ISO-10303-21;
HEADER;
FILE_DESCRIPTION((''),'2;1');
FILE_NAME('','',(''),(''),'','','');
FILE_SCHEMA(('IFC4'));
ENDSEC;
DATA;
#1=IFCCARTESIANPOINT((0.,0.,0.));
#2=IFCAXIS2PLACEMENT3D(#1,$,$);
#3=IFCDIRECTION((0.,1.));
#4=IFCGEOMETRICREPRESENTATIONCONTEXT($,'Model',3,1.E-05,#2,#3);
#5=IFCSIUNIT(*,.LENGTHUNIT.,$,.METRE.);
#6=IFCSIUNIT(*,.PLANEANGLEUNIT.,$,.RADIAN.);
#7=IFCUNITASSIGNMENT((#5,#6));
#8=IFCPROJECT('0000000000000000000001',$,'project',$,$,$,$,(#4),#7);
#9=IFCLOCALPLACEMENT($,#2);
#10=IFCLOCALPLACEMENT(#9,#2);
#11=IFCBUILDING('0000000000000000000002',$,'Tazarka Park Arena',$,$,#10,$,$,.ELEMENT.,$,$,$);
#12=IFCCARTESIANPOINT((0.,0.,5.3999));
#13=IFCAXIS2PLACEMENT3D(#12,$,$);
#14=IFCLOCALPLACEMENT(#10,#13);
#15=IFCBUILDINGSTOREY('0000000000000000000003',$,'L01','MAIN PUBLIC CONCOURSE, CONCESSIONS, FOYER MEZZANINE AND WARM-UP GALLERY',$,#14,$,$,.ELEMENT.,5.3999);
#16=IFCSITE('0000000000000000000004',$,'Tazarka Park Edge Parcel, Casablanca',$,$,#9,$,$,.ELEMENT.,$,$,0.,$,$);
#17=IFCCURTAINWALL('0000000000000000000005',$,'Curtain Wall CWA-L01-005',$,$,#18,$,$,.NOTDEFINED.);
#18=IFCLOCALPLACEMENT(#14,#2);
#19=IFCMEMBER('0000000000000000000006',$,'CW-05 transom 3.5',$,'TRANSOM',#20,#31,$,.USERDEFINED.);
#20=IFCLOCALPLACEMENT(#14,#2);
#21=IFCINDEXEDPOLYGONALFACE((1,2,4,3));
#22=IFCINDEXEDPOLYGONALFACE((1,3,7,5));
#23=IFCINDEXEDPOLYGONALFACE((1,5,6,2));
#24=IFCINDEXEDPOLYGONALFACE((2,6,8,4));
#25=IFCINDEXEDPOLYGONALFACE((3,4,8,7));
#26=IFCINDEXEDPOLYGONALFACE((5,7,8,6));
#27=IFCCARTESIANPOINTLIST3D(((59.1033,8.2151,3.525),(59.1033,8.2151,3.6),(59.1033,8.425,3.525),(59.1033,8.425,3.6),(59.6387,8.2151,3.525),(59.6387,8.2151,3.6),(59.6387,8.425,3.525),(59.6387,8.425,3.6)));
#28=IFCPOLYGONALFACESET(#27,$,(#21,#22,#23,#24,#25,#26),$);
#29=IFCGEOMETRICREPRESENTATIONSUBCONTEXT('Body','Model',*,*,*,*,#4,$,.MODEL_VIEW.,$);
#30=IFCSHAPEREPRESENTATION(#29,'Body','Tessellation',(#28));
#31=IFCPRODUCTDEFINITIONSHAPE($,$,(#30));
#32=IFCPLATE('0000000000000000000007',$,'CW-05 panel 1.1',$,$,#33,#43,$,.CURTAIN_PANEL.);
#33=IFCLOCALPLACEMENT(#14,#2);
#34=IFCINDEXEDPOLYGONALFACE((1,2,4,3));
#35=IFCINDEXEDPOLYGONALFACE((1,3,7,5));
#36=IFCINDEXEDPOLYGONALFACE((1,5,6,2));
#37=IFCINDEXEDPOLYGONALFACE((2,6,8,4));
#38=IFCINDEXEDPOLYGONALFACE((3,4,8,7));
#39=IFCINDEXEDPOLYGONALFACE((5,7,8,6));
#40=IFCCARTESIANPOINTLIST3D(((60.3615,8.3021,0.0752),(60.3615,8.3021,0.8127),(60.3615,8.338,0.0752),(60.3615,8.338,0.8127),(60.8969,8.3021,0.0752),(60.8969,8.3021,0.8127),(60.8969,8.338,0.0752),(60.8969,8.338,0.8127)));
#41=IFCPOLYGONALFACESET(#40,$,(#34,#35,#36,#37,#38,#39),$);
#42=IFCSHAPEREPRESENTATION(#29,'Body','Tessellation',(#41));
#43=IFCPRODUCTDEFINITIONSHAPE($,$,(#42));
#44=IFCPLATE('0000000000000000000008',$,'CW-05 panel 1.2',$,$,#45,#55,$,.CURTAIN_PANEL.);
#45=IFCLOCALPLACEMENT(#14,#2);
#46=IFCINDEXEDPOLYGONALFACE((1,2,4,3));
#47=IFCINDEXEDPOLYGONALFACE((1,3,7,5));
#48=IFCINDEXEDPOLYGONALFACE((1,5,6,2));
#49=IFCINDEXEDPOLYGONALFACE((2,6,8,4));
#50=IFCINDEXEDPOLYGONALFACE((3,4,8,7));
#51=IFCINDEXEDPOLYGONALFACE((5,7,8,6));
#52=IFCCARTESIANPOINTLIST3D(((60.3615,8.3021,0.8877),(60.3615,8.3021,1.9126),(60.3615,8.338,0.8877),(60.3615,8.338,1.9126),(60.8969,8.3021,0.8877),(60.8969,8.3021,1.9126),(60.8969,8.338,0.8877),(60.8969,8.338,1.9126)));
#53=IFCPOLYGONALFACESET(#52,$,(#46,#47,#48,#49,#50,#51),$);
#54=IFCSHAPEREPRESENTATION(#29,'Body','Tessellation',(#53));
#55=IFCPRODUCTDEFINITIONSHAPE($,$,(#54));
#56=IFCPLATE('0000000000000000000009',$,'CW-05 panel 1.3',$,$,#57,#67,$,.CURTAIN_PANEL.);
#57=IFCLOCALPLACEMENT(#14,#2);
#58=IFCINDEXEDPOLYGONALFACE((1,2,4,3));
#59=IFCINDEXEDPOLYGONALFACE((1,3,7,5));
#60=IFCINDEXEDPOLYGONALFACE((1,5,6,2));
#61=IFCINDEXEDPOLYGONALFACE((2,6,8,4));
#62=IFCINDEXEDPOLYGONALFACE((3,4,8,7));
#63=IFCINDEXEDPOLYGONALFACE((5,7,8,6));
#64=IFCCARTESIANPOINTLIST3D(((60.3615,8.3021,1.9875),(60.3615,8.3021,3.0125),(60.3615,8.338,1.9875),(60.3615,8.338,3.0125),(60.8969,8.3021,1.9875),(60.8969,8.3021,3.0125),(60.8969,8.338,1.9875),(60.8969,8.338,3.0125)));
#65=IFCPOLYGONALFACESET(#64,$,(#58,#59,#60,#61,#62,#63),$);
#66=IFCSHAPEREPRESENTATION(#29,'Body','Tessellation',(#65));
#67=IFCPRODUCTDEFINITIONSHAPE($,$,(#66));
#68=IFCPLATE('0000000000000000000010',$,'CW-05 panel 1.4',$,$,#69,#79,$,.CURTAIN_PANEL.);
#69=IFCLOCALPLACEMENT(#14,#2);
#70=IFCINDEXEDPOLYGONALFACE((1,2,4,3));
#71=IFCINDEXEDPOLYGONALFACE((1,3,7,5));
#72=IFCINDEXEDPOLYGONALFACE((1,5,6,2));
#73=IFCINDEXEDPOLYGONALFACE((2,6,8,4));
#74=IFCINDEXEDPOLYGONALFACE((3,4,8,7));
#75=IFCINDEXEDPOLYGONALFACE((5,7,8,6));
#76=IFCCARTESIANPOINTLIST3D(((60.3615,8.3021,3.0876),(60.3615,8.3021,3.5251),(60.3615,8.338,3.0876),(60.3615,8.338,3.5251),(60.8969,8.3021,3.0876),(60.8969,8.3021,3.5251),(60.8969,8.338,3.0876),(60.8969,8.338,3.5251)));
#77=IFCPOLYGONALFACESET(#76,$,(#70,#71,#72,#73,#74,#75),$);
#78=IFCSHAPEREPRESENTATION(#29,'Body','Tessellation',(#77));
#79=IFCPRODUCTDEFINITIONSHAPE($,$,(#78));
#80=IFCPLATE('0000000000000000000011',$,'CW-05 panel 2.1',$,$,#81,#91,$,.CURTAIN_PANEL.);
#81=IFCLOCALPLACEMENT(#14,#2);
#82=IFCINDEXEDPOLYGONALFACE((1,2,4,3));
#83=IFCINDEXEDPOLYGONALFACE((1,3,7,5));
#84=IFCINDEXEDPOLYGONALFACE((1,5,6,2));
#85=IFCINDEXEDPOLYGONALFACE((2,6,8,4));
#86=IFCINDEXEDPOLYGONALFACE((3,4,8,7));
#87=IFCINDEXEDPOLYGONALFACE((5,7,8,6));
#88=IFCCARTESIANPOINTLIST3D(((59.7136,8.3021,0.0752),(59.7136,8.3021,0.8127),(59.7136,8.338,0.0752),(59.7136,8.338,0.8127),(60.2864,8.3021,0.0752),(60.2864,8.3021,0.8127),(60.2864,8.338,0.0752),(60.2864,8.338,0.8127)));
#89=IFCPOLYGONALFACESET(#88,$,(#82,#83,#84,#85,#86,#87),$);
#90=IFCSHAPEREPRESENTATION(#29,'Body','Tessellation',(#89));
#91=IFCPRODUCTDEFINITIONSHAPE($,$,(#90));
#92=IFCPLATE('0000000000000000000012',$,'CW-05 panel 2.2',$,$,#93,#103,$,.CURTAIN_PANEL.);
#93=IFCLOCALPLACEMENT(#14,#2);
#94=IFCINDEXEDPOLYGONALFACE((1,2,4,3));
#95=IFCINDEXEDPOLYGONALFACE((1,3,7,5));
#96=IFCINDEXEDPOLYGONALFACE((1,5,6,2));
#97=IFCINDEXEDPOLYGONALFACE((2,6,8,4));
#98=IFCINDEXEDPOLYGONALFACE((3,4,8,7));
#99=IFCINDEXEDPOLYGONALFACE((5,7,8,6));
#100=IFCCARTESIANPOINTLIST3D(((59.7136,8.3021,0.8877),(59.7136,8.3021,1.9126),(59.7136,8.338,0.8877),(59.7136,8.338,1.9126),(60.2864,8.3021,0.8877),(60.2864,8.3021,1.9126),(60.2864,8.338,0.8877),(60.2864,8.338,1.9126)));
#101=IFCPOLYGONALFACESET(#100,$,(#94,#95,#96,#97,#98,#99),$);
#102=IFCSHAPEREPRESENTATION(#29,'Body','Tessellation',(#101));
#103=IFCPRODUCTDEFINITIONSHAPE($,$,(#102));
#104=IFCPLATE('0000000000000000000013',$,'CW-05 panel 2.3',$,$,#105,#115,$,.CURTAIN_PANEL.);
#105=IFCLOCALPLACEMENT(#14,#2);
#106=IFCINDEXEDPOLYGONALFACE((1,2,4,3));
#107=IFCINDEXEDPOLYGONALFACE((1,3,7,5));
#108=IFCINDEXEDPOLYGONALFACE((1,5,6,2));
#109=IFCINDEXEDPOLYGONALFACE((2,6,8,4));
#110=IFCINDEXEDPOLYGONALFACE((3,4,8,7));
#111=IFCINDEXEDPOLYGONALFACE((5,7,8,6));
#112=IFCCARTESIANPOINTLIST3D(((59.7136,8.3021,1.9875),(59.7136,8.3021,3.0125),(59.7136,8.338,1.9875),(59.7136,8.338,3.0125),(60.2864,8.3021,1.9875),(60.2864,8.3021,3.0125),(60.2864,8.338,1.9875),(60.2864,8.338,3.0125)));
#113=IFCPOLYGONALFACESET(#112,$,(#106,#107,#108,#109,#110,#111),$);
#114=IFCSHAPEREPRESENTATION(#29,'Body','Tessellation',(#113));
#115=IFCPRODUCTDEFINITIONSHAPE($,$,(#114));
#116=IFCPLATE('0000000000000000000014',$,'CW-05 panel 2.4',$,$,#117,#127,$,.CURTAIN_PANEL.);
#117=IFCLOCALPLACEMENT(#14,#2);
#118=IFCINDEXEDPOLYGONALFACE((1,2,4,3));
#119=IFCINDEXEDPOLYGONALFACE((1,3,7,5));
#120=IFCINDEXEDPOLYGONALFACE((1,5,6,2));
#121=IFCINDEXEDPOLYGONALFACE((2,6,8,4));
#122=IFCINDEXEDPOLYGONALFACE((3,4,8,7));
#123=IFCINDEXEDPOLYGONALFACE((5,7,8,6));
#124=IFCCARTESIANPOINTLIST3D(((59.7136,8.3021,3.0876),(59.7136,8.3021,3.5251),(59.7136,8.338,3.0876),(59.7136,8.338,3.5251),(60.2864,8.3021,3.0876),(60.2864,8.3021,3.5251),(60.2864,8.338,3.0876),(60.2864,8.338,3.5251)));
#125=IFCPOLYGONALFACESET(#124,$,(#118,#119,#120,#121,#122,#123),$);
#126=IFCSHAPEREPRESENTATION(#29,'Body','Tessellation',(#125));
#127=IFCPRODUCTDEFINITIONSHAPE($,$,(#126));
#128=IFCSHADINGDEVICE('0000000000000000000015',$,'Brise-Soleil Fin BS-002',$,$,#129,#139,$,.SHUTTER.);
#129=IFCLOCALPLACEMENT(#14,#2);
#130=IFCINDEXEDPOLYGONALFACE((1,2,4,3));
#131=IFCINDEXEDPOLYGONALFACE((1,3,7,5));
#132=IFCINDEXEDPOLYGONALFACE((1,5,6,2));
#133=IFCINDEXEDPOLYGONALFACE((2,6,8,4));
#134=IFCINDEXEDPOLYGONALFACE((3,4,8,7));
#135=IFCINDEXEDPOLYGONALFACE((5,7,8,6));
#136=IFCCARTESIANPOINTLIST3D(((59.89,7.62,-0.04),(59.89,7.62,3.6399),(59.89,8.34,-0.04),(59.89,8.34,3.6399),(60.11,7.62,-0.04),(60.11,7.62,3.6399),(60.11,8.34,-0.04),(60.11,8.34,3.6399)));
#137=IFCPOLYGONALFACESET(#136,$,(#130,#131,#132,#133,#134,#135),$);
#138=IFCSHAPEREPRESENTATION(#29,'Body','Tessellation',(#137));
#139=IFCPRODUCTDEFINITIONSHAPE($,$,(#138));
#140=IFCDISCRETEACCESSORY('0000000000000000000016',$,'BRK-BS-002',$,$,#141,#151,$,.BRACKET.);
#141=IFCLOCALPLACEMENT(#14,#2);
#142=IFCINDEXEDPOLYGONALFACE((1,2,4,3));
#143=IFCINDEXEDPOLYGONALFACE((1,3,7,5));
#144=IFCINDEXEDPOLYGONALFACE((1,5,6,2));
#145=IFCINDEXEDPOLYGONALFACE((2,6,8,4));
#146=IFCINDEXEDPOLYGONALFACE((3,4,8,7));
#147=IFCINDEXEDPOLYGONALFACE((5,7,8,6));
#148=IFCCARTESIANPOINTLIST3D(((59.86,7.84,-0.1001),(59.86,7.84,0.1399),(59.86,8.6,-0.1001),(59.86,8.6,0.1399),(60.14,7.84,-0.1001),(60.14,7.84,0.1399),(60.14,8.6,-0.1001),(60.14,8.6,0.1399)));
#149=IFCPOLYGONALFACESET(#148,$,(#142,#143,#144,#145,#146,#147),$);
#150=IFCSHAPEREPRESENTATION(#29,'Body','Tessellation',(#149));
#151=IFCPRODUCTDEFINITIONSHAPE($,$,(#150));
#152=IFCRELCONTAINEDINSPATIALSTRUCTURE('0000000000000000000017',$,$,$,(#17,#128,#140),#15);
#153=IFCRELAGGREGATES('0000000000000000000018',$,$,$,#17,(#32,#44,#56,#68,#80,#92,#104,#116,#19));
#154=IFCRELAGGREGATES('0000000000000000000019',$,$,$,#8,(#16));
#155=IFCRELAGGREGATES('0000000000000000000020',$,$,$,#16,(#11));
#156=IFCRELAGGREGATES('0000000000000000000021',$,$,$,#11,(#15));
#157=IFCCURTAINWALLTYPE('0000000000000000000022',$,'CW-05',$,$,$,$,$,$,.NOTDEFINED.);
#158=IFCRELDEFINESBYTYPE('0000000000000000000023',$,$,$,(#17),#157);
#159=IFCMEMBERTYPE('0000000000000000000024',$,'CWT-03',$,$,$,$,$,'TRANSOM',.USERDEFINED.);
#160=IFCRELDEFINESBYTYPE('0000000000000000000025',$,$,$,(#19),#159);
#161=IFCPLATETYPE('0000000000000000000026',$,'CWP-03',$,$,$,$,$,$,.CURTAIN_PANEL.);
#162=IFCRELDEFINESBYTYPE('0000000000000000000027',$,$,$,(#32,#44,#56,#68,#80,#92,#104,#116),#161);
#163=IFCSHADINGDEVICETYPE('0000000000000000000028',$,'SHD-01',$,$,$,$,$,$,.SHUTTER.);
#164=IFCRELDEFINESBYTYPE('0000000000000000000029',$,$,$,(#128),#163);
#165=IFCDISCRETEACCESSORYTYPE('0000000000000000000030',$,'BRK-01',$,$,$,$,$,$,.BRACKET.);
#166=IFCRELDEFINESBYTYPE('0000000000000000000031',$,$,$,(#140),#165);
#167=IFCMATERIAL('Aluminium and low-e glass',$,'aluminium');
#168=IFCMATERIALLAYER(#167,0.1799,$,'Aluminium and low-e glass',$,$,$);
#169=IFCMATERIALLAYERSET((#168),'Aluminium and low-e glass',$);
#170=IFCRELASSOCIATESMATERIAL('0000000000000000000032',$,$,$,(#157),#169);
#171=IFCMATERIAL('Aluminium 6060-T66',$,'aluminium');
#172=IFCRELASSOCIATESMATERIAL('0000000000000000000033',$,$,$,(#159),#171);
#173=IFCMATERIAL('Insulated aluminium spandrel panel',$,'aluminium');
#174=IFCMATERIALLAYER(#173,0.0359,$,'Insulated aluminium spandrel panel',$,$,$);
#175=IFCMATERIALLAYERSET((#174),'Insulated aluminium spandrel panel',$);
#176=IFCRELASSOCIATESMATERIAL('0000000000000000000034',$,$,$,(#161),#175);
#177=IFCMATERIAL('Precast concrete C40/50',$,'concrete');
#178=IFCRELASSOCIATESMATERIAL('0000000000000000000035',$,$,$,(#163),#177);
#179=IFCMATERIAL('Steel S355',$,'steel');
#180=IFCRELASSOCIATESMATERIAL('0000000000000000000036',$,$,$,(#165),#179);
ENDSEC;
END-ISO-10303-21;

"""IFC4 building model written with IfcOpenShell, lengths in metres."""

from ifc_helpers import new_model, si_unit, direction, frame, origin, origin_2d, place, context, subcontext, project, spatial, rectangle, extrude, material, layer, layer_set, material_profile, profile_set, type_object, element, aggregate, save


model = new_model("IFC4")

# Units and contexts
model_context = context("Model", 3, precision=1e-05, world=origin(), true_north=direction((0.0, 1.0)))
body_context = subcontext(model_context, "Body", "Model", "MODEL_VIEW")
ifc_project = project(units=[si_unit("LENGTHUNIT", "METRE"), si_unit("PLANEANGLEUNIT", "RADIAN")], contexts=[model_context])

# Site, building, storey
site_placement = place(None, origin())
site = spatial("IfcSite", under=ifc_project, at=site_placement, Name="Tazarka Park Edge Parcel, Casablanca", CompositionType="ELEMENT", RefElevation=0.0)
building_placement = place(site_placement, origin())
building = spatial("IfcBuilding", under=site, at=building_placement, Name="Tazarka Park Arena", CompositionType="ELEMENT")
storey_placement = place(building_placement, frame((0.0, 0.0, 5.3999)))
storey = spatial("IfcBuildingStorey", under=building, at=storey_placement, Name="L01", Description="MAIN PUBLIC CONCOURSE, CONCESSIONS, FOYER MEZZANINE AND WARM-UP GALLERY", CompositionType="ELEMENT", Elevation=5.3999)

# Curtain wall, member, plates
ifc_material_1 = material(Name="Aluminium and low-e glass", Category="aluminium")
ifc_layer_1 = layer(ifc_material_1, 0.1799, Name="Aluminium and low-e glass")
ifc_layer_set_1 = layer_set([ifc_layer_1], Name="Aluminium and low-e glass")
curtain_wall_type = type_object("IfcCurtainWallType", Name="CW-05", PredefinedType="NOTDEFINED", material=ifc_layer_set_1)
curtain_wall_placement = place(storey_placement, origin())
curtain_wall = element("IfcCurtainWall", 1, at=curtain_wall_placement, inside=storey, type_object=curtain_wall_type, Name="Curtain Wall CWA-L01-005", PredefinedType="NOTDEFINED")
ifc_material_2 = material(Name="Aluminium 6060-T66", Category="aluminium")
ifc_material_profile_1 = material_profile(ifc_material_2, rectangle(XDim=0.21, YDim=0.075, at=origin_2d()), Name="Aluminium 6060-T66")
ifc_profile_set_1 = profile_set([ifc_material_profile_1], Name="Aluminium 6060-T66")
member_type_1 = type_object("IfcMemberType", Name="CWT-03", ElementType="TRANSOM", PredefinedType="USERDEFINED", material=ifc_profile_set_1)
member_1_placement = place(storey_placement, frame((59.6387, 8.3201, 3.5625), z_axis=(-1.0, 0.0, 0.0), x_axis=(0.0, -1.0, 0.0)))
member_1 = element("IfcMember", 2, at=member_1_placement, type_object=member_type_1, Name="CW-05 transom 3.5", ObjectType="TRANSOM", PredefinedType="USERDEFINED", context=body_context, shape_type="SweptSolid", body=[
    extrude(rectangle(XDim=0.21, YDim=0.075, at=origin_2d()), origin(), (0.0, 0.0, 1.0), 0.5354),
])
ifc_material_3 = material(Name="Insulated aluminium spandrel panel", Category="aluminium")
ifc_layer_2 = layer(ifc_material_3, 0.0359, Name="Insulated aluminium spandrel panel")
ifc_layer_set_2 = layer_set([ifc_layer_2], Name="Insulated aluminium spandrel panel")
plate_type = type_object("IfcPlateType", Name="CWP-03", PredefinedType="CURTAIN_PANEL", material=ifc_layer_set_2)
plate_1_placement = place(storey_placement, frame((60.6292, 8.3201, 0.0752), z_axis=(0.0, 0.0, 1.0), x_axis=(-1.0, 0.0, 0.0)))
plate_1 = element("IfcPlate", 3, at=plate_1_placement, type_object=plate_type, Name="CW-05 panel 1.1", PredefinedType="CURTAIN_PANEL", context=body_context, shape_type="SweptSolid", body=[
    extrude(rectangle(XDim=0.5354, YDim=0.0359, at=origin_2d()), origin(), (0.0, 0.0, 1.0), 0.7375),
])
plate_2_placement = place(storey_placement, frame((60.6292, 8.3201, 0.8877), z_axis=(0.0, 0.0, 1.0), x_axis=(-1.0, 0.0, 0.0)))
plate_2 = element("IfcPlate", 4, at=plate_2_placement, type_object=plate_type, Name="CW-05 panel 1.2", PredefinedType="CURTAIN_PANEL", context=body_context, shape_type="SweptSolid", body=[
    extrude(rectangle(XDim=0.5354, YDim=0.0359, at=origin_2d()), origin(), (0.0, 0.0, 1.0), 1.0249),
])
plate_3_placement = place(storey_placement, frame((60.6292, 8.3201, 1.9875), z_axis=(0.0, 0.0, 1.0), x_axis=(-1.0, 0.0, 0.0)))
plate_3 = element("IfcPlate", 5, at=plate_3_placement, type_object=plate_type, Name="CW-05 panel 1.3", PredefinedType="CURTAIN_PANEL", context=body_context, shape_type="SweptSolid", body=[
    extrude(rectangle(XDim=0.5354, YDim=0.0359, at=origin_2d()), origin(), (0.0, 0.0, 1.0), 1.0249),
])
plate_4_placement = place(storey_placement, frame((60.6292, 8.3201, 3.0876), z_axis=(0.0, 0.0, 1.0), x_axis=(-1.0, 0.0, 0.0)))
plate_4 = element("IfcPlate", 6, at=plate_4_placement, type_object=plate_type, Name="CW-05 panel 1.4", PredefinedType="CURTAIN_PANEL", context=body_context, shape_type="SweptSolid", body=[
    extrude(rectangle(XDim=0.5354, YDim=0.0359, at=origin_2d()), origin(), (0.0, 0.0, 1.0), 0.4375),
])
plate_5_placement = place(storey_placement, frame((60.0, 8.3201, 0.0752), z_axis=(0.0, 0.0, 1.0), x_axis=(-1.0, 0.0, 0.0)))
plate_5 = element("IfcPlate", 7, at=plate_5_placement, type_object=plate_type, Name="CW-05 panel 2.1", PredefinedType="CURTAIN_PANEL", context=body_context, shape_type="SweptSolid", body=[
    extrude(rectangle(XDim=0.5728, YDim=0.0359, at=origin_2d()), origin(), (0.0, 0.0, 1.0), 0.7375),
])
plate_6_placement = place(storey_placement, frame((60.0, 8.3201, 0.8877), z_axis=(0.0, 0.0, 1.0), x_axis=(-1.0, 0.0, 0.0)))
plate_6 = element("IfcPlate", 8, at=plate_6_placement, type_object=plate_type, Name="CW-05 panel 2.2", PredefinedType="CURTAIN_PANEL", context=body_context, shape_type="SweptSolid", body=[
    extrude(rectangle(XDim=0.5728, YDim=0.0359, at=origin_2d()), origin(), (0.0, 0.0, 1.0), 1.0249),
])
plate_7_placement = place(storey_placement, frame((60.0, 8.3201, 1.9875), z_axis=(0.0, 0.0, 1.0), x_axis=(-1.0, 0.0, 0.0)))
plate_7 = element("IfcPlate", 9, at=plate_7_placement, type_object=plate_type, Name="CW-05 panel 2.3", PredefinedType="CURTAIN_PANEL", context=body_context, shape_type="SweptSolid", body=[
    extrude(rectangle(XDim=0.5728, YDim=0.0359, at=origin_2d()), origin(), (0.0, 0.0, 1.0), 1.0249),
])
plate_8_placement = place(storey_placement, frame((60.0, 8.3201, 3.0876), z_axis=(0.0, 0.0, 1.0), x_axis=(-1.0, 0.0, 0.0)))
plate_8 = element("IfcPlate", 10, at=plate_8_placement, type_object=plate_type, Name="CW-05 panel 2.4", PredefinedType="CURTAIN_PANEL", context=body_context, shape_type="SweptSolid", body=[
    extrude(rectangle(XDim=0.5728, YDim=0.0359, at=origin_2d()), origin(), (0.0, 0.0, 1.0), 0.4375),
])
aggregate(curtain_wall, [plate_1, plate_2, plate_3, plate_4, plate_5, plate_6, plate_7, plate_8, member_1])

# Shading device
ifc_material_4 = material(Name="Precast concrete C40/50", Category="concrete")
shading_device_type = type_object("IfcShadingDeviceType", Name="SHD-01", PredefinedType="SHUTTER", material=ifc_material_4)
shading_device_placement = place(storey_placement, frame((60.0, 7.98, -0.04), z_axis=(0.0, 0.0, 1.0), x_axis=(-1.0, 0.0, 0.0)))
element("IfcShadingDevice", 11, at=shading_device_placement, inside=storey, type_object=shading_device_type, Name="Brise-Soleil Fin BS-002", PredefinedType="SHUTTER", context=body_context, shape_type="SweptSolid", body=[
    extrude(rectangle(XDim=0.22, YDim=0.72, at=origin_2d()), origin(), (0.0, 0.0, 1.0), 3.6799),
])

# Discrete accessory
ifc_material_5 = material(Name="Steel S355", Category="steel")
discrete_accessory_type = type_object("IfcDiscreteAccessoryType", Name="BRK-01", PredefinedType="BRACKET", material=ifc_material_5)
discrete_accessory_placement = place(storey_placement, frame((60.0, 8.22, -0.1001), z_axis=(0.0, 0.0, 1.0), x_axis=(-1.0, 0.0, 0.0)))
element("IfcDiscreteAccessory", 12, at=discrete_accessory_placement, inside=storey, type_object=discrete_accessory_type, Name="BRK-BS-002", PredefinedType="BRACKET", context=body_context, shape_type="SweptSolid", body=[
    extrude(rectangle(XDim=0.28, YDim=0.76, at=origin_2d()), origin(), (0.0, 0.0, 1.0), 0.24),
])

save(model, "model.ifc")
